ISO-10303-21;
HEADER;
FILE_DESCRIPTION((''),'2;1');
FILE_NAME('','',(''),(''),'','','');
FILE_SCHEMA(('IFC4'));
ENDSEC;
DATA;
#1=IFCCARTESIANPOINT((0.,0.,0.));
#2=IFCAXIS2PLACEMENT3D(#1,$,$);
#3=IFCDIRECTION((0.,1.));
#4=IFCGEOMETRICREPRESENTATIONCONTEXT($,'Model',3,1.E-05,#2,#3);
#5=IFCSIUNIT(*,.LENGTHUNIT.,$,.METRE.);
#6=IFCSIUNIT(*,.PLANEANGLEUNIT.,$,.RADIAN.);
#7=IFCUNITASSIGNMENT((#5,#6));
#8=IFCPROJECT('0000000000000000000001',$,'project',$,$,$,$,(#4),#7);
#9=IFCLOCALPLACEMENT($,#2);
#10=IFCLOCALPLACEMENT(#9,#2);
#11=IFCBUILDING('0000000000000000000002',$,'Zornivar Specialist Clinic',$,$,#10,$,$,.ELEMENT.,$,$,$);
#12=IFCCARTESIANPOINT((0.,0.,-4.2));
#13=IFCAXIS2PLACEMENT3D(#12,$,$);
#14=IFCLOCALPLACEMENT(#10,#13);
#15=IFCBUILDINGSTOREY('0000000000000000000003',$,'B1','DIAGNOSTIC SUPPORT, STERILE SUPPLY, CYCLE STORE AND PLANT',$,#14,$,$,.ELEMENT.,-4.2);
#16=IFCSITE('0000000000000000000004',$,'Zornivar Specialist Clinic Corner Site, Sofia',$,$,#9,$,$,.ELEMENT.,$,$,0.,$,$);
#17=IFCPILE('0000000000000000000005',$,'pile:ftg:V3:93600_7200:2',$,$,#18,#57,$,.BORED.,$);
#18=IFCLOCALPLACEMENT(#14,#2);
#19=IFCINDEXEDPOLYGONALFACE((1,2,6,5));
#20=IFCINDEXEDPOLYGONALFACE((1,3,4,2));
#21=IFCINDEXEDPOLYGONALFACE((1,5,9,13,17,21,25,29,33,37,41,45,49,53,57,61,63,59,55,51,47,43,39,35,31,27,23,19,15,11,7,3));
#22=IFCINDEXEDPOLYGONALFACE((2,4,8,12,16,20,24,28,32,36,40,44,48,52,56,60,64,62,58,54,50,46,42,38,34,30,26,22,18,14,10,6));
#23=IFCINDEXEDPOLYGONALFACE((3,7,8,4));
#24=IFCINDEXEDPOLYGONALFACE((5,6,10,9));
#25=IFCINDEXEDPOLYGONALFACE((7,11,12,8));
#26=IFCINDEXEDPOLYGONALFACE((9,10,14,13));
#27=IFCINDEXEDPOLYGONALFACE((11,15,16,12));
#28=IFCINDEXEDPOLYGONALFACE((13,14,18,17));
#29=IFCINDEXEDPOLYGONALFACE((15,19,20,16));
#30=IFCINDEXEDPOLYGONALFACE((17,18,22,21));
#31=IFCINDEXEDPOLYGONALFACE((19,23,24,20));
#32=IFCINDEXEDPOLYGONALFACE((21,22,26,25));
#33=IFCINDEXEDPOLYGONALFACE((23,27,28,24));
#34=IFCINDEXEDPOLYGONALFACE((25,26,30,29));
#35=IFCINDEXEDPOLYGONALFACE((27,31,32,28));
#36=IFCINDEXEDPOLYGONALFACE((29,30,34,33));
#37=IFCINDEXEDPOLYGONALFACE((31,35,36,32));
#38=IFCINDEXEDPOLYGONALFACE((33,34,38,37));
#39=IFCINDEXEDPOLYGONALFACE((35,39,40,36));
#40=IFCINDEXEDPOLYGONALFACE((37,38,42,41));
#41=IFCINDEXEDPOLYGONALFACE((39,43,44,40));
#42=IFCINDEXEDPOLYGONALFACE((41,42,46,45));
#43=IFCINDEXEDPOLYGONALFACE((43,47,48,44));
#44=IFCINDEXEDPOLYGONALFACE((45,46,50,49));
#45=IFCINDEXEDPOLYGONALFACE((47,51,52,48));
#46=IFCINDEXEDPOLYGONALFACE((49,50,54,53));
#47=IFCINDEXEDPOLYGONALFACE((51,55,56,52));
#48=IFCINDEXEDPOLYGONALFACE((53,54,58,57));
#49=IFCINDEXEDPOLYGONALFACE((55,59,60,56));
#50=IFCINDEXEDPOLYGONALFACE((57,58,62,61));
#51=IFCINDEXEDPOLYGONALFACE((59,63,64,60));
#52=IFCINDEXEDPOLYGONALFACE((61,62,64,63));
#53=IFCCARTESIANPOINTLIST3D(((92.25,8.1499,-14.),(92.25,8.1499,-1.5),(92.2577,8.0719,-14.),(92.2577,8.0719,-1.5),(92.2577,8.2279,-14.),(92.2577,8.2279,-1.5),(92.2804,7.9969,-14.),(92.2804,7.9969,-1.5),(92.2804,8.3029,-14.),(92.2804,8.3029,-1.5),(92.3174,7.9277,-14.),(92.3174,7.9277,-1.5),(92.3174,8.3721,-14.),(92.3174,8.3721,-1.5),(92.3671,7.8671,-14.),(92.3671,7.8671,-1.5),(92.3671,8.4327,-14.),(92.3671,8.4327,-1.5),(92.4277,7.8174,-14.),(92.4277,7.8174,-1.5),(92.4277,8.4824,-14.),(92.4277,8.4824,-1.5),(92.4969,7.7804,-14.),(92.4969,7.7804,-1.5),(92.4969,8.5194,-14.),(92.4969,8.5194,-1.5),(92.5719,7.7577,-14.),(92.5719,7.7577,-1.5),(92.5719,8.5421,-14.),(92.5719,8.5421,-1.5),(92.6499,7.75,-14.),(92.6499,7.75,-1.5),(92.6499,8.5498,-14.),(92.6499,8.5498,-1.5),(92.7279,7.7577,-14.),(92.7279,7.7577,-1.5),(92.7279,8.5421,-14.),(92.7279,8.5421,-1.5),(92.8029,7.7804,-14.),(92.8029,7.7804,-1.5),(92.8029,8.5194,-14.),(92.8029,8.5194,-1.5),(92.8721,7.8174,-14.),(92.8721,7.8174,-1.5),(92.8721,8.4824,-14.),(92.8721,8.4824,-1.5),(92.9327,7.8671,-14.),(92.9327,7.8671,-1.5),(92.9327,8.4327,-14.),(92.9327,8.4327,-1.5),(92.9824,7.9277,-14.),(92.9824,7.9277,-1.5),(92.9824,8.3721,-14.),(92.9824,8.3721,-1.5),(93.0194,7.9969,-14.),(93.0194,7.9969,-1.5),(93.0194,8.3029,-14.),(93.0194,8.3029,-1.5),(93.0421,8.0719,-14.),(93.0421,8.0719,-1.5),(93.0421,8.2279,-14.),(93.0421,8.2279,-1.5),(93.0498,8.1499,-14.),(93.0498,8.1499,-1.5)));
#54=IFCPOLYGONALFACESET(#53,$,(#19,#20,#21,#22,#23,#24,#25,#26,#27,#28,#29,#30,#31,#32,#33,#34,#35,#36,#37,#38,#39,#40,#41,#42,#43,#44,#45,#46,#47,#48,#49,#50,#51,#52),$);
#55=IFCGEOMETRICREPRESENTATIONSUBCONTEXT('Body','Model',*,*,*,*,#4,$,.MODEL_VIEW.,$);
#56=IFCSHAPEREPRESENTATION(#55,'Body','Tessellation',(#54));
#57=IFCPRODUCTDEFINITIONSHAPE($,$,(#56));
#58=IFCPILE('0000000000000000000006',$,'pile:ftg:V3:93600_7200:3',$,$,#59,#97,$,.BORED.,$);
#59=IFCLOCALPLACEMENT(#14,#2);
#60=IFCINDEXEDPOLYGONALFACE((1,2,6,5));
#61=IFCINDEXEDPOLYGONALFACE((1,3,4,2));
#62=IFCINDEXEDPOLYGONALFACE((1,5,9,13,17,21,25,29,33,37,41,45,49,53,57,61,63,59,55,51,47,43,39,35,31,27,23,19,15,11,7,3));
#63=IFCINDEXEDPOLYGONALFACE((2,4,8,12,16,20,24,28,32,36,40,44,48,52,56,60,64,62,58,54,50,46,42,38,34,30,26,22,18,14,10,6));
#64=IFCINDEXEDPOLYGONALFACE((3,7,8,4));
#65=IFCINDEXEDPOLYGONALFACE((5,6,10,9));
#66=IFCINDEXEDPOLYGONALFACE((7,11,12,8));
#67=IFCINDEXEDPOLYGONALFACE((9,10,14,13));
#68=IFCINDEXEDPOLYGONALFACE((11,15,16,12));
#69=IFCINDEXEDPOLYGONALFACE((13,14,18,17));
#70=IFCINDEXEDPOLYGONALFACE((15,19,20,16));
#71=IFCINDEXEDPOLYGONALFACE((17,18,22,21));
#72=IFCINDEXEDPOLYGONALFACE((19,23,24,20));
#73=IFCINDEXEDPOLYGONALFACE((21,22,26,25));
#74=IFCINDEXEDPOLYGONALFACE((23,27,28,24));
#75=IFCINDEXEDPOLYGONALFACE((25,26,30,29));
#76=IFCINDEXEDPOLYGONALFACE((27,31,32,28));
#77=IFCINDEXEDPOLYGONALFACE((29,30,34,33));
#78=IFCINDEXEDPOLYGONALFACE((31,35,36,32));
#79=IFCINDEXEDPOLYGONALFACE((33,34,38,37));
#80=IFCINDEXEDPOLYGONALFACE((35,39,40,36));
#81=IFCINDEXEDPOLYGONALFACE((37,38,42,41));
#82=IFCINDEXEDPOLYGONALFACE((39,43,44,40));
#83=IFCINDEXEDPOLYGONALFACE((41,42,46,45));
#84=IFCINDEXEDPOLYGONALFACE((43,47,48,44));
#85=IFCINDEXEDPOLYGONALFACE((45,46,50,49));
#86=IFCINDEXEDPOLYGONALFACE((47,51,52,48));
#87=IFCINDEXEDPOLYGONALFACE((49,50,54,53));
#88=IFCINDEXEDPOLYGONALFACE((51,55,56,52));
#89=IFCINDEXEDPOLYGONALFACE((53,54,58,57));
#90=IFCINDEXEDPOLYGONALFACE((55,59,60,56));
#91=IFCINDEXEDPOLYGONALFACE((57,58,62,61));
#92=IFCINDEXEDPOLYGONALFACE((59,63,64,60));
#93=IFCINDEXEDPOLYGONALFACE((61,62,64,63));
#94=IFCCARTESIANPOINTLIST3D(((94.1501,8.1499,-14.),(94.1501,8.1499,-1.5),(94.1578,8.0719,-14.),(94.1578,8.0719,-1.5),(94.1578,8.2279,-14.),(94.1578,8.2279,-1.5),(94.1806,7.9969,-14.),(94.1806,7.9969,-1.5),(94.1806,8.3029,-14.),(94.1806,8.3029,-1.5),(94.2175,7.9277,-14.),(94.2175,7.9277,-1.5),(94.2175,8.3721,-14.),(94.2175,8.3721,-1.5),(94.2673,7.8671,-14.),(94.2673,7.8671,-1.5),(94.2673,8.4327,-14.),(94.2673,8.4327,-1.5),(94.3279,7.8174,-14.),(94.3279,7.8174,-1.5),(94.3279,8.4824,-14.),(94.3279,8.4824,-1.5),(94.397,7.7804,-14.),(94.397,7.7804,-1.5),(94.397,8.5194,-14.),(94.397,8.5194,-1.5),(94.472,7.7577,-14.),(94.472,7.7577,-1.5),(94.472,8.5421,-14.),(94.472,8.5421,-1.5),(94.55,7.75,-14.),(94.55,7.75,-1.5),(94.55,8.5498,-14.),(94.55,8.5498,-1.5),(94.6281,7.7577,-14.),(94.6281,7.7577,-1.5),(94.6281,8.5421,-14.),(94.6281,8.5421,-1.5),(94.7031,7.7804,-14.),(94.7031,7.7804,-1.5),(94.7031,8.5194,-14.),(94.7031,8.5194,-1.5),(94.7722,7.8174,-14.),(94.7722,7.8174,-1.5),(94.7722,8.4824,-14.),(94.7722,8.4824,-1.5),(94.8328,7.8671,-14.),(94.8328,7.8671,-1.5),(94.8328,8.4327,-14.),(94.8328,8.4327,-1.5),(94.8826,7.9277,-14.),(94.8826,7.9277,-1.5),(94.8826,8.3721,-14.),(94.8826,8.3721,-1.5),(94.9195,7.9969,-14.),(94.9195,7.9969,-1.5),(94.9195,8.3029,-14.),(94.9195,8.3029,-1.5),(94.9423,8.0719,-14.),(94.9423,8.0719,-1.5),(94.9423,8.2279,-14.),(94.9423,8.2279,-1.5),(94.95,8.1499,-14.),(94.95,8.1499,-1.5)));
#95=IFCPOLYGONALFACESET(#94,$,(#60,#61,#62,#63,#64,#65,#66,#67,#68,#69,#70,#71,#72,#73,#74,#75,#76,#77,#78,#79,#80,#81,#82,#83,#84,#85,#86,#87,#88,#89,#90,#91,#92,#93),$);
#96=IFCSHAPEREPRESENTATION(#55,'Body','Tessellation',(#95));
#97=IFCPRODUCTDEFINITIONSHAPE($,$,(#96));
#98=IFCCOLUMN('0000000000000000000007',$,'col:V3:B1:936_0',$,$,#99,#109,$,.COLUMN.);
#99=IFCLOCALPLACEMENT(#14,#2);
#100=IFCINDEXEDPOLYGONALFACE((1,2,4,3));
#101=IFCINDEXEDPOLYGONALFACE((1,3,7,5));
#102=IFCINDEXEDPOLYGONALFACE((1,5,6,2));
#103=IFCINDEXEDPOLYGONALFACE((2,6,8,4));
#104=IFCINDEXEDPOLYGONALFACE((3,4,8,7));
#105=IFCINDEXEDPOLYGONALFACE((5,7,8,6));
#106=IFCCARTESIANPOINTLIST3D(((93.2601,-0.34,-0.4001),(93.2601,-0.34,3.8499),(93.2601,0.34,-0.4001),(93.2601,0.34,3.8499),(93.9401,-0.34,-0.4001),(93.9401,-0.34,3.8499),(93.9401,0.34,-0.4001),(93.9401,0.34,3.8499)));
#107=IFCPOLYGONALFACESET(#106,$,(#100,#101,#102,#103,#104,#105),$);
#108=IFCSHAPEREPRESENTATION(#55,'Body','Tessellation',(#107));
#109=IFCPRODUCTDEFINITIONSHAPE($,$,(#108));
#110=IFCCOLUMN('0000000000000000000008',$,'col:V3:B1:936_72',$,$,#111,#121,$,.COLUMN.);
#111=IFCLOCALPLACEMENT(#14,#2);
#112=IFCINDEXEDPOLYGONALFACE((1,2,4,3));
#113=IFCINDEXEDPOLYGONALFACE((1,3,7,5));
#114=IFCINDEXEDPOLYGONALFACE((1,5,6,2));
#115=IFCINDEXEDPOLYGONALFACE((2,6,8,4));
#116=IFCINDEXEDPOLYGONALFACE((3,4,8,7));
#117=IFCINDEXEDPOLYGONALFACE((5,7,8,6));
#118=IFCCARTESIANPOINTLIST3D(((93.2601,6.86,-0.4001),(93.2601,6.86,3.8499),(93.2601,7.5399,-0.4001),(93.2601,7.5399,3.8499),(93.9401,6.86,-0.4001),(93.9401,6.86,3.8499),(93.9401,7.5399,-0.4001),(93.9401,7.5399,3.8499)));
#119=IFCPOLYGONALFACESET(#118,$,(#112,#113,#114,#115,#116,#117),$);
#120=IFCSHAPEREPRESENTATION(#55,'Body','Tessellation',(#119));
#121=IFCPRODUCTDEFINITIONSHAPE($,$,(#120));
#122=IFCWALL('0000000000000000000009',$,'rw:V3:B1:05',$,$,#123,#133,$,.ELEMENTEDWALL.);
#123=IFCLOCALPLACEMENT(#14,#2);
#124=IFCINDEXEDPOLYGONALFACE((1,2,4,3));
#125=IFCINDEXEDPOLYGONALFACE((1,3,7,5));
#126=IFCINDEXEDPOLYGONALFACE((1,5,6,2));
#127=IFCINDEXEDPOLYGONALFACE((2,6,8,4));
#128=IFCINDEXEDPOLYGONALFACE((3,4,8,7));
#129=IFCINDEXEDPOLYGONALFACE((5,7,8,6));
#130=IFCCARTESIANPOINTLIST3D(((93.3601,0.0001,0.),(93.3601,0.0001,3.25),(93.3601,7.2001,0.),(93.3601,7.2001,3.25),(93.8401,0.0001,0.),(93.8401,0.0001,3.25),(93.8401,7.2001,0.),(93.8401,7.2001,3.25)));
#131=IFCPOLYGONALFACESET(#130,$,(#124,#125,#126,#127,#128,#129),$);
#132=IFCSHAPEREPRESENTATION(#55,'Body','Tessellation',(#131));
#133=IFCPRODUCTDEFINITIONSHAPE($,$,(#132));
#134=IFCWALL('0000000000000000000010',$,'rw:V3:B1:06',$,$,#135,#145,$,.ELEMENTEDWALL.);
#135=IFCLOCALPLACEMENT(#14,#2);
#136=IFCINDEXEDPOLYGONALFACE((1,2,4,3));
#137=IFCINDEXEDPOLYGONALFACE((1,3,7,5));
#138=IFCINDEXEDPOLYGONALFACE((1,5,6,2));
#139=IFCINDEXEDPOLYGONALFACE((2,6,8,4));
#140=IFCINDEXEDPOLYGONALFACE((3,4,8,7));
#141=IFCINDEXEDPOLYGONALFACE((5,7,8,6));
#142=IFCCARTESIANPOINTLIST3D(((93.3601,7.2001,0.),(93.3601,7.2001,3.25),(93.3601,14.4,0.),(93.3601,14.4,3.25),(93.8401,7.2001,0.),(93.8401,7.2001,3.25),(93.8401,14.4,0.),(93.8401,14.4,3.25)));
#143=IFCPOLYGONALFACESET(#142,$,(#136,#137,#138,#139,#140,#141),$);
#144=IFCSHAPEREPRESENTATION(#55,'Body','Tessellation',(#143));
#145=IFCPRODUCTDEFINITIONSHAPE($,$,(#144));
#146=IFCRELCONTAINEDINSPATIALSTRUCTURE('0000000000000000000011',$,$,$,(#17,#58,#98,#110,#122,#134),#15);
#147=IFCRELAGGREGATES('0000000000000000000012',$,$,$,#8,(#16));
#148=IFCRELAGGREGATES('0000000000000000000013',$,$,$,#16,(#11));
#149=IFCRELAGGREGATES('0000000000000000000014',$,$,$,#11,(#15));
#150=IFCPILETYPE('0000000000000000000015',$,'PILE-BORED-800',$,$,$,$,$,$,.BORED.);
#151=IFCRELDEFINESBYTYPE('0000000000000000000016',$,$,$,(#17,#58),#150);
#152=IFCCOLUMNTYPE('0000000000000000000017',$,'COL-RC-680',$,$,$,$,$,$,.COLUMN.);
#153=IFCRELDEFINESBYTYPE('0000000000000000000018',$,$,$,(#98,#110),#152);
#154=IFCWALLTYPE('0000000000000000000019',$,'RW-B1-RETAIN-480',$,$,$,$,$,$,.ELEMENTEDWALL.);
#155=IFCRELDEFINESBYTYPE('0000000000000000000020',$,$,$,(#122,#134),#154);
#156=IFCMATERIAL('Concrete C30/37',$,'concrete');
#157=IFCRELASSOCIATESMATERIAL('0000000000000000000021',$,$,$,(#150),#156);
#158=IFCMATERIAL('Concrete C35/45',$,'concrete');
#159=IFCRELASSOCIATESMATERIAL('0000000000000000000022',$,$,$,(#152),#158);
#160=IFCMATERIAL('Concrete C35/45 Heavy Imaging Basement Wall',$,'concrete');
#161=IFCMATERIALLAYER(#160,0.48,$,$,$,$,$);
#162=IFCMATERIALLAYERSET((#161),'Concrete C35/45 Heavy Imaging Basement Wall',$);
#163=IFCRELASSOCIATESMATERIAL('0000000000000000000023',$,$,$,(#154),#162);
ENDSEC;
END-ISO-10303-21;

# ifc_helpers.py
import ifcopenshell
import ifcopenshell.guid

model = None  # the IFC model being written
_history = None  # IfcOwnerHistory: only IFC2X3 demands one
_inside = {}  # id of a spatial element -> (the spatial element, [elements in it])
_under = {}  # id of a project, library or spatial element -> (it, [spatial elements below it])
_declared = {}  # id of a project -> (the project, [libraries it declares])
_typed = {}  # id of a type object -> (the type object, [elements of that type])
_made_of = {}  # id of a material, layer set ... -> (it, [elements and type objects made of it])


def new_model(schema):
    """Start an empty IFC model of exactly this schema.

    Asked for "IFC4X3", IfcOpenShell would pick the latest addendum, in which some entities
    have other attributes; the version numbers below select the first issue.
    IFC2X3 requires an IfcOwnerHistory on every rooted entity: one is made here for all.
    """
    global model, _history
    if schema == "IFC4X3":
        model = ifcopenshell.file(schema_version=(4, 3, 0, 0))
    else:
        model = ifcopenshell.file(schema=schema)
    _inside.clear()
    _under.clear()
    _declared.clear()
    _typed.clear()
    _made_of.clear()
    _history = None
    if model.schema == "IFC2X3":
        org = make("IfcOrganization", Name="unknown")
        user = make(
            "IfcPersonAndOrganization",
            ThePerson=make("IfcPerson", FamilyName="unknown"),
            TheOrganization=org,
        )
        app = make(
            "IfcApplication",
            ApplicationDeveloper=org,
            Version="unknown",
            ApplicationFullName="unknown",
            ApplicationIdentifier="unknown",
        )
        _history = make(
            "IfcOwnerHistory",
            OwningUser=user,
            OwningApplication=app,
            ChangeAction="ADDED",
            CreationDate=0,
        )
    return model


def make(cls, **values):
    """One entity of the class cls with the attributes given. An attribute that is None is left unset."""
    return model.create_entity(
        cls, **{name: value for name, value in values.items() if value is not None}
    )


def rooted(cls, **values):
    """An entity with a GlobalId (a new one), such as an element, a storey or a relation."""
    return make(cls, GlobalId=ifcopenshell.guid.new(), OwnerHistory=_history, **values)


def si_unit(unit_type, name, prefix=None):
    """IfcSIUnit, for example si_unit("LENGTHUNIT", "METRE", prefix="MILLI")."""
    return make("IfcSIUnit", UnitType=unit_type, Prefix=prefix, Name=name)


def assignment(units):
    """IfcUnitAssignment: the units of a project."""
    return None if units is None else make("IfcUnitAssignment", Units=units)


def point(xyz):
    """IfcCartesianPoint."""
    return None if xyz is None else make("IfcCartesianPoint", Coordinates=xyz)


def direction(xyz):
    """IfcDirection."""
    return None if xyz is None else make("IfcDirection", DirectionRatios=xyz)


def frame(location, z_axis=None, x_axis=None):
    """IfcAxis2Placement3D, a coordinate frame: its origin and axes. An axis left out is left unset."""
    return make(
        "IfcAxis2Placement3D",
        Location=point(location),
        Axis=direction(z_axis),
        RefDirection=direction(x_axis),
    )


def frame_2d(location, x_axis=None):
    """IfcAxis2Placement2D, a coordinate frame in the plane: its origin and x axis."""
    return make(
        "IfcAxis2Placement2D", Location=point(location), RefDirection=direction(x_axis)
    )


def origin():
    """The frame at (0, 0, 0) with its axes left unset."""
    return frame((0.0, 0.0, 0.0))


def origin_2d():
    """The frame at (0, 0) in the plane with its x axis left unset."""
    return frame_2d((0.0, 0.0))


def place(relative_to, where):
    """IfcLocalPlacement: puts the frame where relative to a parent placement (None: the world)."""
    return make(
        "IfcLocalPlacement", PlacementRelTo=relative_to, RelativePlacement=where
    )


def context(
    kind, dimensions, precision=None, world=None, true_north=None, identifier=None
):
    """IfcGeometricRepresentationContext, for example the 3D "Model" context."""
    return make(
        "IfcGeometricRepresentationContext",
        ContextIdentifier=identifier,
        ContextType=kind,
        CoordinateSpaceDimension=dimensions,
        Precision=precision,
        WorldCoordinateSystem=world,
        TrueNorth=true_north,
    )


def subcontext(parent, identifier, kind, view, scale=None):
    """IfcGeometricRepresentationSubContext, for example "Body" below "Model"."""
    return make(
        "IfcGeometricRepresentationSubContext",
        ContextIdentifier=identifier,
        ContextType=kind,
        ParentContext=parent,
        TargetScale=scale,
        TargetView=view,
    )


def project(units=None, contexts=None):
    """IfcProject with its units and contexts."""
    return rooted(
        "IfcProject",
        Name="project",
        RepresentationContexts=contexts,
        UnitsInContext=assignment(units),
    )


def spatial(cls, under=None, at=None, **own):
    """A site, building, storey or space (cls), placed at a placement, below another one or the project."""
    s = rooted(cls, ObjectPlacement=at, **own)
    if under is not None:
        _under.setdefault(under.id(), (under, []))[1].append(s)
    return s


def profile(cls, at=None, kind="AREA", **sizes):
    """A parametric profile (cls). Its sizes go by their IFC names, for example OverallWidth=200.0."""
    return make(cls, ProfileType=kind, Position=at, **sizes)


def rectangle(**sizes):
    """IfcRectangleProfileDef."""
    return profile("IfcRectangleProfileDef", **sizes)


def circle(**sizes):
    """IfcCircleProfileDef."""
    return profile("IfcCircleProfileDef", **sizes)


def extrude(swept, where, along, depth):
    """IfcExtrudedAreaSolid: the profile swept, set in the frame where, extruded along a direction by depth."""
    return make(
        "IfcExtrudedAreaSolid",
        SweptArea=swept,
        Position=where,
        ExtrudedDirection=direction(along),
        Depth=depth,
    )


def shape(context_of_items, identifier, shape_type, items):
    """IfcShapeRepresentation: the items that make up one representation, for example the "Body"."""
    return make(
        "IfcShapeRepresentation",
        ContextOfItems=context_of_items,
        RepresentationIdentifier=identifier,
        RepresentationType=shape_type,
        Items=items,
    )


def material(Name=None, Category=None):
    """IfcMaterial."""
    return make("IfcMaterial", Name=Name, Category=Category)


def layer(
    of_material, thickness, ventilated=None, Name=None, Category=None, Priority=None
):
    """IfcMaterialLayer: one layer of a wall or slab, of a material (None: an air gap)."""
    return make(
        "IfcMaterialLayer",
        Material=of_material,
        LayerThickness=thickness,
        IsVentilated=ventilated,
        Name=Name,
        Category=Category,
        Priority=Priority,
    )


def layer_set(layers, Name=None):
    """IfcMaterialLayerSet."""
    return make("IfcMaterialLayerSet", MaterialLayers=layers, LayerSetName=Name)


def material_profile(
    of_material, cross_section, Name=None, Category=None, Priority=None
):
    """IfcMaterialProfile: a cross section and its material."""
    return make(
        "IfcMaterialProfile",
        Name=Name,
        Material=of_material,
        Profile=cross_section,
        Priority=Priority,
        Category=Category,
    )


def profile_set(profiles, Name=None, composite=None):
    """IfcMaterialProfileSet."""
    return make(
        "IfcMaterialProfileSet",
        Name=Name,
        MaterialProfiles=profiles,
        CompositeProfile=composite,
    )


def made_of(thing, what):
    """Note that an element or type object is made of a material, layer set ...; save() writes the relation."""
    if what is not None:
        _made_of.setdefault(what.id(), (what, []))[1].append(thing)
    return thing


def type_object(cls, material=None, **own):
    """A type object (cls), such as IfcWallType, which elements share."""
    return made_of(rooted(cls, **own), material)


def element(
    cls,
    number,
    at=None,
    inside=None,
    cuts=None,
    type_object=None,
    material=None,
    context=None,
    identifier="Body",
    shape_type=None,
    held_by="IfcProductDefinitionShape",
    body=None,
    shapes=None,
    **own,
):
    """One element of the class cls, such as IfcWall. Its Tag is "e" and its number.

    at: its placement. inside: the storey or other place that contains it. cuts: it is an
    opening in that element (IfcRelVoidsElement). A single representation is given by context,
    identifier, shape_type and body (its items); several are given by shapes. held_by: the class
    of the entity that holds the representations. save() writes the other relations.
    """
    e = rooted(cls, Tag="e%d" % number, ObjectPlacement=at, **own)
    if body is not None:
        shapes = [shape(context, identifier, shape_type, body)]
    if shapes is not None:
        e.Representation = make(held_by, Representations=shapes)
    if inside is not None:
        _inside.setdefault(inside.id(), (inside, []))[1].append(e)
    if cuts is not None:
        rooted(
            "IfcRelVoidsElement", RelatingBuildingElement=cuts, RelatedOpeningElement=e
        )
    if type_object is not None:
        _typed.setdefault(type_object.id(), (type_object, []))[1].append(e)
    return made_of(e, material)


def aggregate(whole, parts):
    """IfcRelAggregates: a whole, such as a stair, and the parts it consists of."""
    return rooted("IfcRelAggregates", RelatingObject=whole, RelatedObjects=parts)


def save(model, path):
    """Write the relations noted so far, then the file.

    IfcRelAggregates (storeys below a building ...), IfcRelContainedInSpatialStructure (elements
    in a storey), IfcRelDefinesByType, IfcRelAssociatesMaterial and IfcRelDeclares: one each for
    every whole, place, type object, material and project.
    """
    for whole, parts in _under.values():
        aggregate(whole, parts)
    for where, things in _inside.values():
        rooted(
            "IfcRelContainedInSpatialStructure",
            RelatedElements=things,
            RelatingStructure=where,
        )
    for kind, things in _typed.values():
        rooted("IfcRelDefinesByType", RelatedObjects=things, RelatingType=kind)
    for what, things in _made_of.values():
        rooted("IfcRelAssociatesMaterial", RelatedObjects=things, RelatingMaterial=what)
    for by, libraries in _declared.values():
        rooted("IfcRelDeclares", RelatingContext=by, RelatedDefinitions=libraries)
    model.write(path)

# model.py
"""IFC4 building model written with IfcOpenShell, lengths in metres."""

from ifc_helpers import new_model, si_unit, direction, frame, frame_2d, origin, origin_2d, place, context, subcontext, project, spatial, rectangle, circle, extrude, material, layer, layer_set, material_profile, profile_set, type_object, element, save


model = new_model("IFC4")

# Units and contexts
model_context = context("Model", 3, precision=1e-05, world=origin(), true_north=direction((0.0, 1.0)))
body_context = subcontext(model_context, "Body", "Model", "MODEL_VIEW")
ifc_project = project(units=[si_unit("LENGTHUNIT", "METRE"), si_unit("PLANEANGLEUNIT", "RADIAN")], contexts=[model_context])

# Site, building, storey
site_placement = place(None, origin())
site = spatial("IfcSite", under=ifc_project, at=site_placement, Name="Zornivar Specialist Clinic Corner Site, Sofia", CompositionType="ELEMENT", RefElevation=0.0)
building_placement = place(site_placement, origin())
building = spatial("IfcBuilding", under=site, at=building_placement, Name="Zornivar Specialist Clinic", CompositionType="ELEMENT")
storey_placement = place(building_placement, frame((0.0, 0.0, -4.2)))
storey = spatial("IfcBuildingStorey", under=building, at=storey_placement, Name="B1", Description="DIAGNOSTIC SUPPORT, STERILE SUPPLY, CYCLE STORE AND PLANT", CompositionType="ELEMENT", Elevation=-4.2)

# Piles
ifc_material_1 = material(Name="Concrete C30/37", Category="concrete")
ifc_material_profile_1 = material_profile(ifc_material_1, circle(Radius=0.3999, at=origin_2d()), Name="PILE D800")
ifc_profile_set_1 = profile_set([ifc_material_profile_1], Name="Concrete C30/37")
pile_type = type_object("IfcPileType", Name="PILE-BORED-800", PredefinedType="BORED", material=ifc_profile_set_1)
for number, where, z_axis, x_axis, name in (
    (1, (92.6499, 8.1499, -1.5), (0.0, 0.0, -1.0), (1.0, 0.0, 0.0), "pile:ftg:V3:93600_7200:2"),
    (2, (94.55, 8.1499, -1.5), (0.0, 0.0, -1.0), (1.0, 0.0, 0.0), "pile:ftg:V3:93600_7200:3"),
):
    element("IfcPile", number, at=place(storey_placement, frame(where, z_axis=z_axis, x_axis=x_axis)), inside=storey, type_object=pile_type, Name=name, PredefinedType="BORED", context=body_context, shape_type="SweptSolid", body=[
        extrude(circle(Radius=0.3999, at=origin_2d()), origin(), (0.0, 0.0, 1.0), 12.5),
    ])

# Columns
ifc_material_2 = material(Name="Concrete C35/45", Category="concrete")
ifc_material_profile_2 = material_profile(ifc_material_2, rectangle(XDim=0.6799, YDim=0.6799, at=origin_2d()), Name="RC 680x680")
ifc_profile_set_2 = profile_set([ifc_material_profile_2], Name="Concrete C35/45")
column_type = type_object("IfcColumnType", Name="COL-RC-680", PredefinedType="COLUMN", material=ifc_profile_set_2)
for number, where, z_axis, x_axis, name in (
    (3, (93.6001, 0.0, -0.4001), (0.0, 0.0, 1.0), (1.0, 0.0, 0.0), "col:V3:B1:936_0"),
    (4, (93.6001, 7.2, -0.4001), (0.0, 0.0, 1.0), (1.0, 0.0, 0.0), "col:V3:B1:936_72"),
):
    element("IfcColumn", number, at=place(storey_placement, frame(where, z_axis=z_axis, x_axis=x_axis)), inside=storey, type_object=column_type, Name=name, PredefinedType="COLUMN", context=body_context, shape_type="SweptSolid", body=[
        extrude(rectangle(XDim=0.6799, YDim=0.6799, at=origin_2d()), origin(), (0.0, 0.0, 1.0), 4.25),
    ])

# Walls
ifc_material_3 = material(Name="Concrete C35/45 Heavy Imaging Basement Wall", Category="concrete")
ifc_layer = layer(ifc_material_3, 0.48)
ifc_layer_set = layer_set([ifc_layer], Name="Concrete C35/45 Heavy Imaging Basement Wall")
wall_type = type_object("IfcWallType", Name="RW-B1-RETAIN-480", PredefinedType="ELEMENTEDWALL", material=ifc_layer_set)
for number, where, z_axis, x_axis, name in (
    (5, (93.6001, 0.0, 0.0), (0.0, 0.0, 1.0), (0.0, 1.0, 0.0), "rw:V3:B1:05"),
    (6, (93.6001, 7.2, 0.0), (0.0, 0.0, 1.0), (0.0, 1.0, 0.0), "rw:V3:B1:06"),
):
    element("IfcWall", number, at=place(storey_placement, frame(where, z_axis=z_axis, x_axis=x_axis)), inside=storey, type_object=wall_type, Name=name, PredefinedType="ELEMENTEDWALL", context=body_context, shape_type="SweptSolid", body=[
        extrude(rectangle(XDim=7.2, YDim=0.48, at=frame_2d((3.6001, 0.0))), origin(), (0.0, 0.0, 1.0), 3.25),
    ])

save(model, "model.ifc")
